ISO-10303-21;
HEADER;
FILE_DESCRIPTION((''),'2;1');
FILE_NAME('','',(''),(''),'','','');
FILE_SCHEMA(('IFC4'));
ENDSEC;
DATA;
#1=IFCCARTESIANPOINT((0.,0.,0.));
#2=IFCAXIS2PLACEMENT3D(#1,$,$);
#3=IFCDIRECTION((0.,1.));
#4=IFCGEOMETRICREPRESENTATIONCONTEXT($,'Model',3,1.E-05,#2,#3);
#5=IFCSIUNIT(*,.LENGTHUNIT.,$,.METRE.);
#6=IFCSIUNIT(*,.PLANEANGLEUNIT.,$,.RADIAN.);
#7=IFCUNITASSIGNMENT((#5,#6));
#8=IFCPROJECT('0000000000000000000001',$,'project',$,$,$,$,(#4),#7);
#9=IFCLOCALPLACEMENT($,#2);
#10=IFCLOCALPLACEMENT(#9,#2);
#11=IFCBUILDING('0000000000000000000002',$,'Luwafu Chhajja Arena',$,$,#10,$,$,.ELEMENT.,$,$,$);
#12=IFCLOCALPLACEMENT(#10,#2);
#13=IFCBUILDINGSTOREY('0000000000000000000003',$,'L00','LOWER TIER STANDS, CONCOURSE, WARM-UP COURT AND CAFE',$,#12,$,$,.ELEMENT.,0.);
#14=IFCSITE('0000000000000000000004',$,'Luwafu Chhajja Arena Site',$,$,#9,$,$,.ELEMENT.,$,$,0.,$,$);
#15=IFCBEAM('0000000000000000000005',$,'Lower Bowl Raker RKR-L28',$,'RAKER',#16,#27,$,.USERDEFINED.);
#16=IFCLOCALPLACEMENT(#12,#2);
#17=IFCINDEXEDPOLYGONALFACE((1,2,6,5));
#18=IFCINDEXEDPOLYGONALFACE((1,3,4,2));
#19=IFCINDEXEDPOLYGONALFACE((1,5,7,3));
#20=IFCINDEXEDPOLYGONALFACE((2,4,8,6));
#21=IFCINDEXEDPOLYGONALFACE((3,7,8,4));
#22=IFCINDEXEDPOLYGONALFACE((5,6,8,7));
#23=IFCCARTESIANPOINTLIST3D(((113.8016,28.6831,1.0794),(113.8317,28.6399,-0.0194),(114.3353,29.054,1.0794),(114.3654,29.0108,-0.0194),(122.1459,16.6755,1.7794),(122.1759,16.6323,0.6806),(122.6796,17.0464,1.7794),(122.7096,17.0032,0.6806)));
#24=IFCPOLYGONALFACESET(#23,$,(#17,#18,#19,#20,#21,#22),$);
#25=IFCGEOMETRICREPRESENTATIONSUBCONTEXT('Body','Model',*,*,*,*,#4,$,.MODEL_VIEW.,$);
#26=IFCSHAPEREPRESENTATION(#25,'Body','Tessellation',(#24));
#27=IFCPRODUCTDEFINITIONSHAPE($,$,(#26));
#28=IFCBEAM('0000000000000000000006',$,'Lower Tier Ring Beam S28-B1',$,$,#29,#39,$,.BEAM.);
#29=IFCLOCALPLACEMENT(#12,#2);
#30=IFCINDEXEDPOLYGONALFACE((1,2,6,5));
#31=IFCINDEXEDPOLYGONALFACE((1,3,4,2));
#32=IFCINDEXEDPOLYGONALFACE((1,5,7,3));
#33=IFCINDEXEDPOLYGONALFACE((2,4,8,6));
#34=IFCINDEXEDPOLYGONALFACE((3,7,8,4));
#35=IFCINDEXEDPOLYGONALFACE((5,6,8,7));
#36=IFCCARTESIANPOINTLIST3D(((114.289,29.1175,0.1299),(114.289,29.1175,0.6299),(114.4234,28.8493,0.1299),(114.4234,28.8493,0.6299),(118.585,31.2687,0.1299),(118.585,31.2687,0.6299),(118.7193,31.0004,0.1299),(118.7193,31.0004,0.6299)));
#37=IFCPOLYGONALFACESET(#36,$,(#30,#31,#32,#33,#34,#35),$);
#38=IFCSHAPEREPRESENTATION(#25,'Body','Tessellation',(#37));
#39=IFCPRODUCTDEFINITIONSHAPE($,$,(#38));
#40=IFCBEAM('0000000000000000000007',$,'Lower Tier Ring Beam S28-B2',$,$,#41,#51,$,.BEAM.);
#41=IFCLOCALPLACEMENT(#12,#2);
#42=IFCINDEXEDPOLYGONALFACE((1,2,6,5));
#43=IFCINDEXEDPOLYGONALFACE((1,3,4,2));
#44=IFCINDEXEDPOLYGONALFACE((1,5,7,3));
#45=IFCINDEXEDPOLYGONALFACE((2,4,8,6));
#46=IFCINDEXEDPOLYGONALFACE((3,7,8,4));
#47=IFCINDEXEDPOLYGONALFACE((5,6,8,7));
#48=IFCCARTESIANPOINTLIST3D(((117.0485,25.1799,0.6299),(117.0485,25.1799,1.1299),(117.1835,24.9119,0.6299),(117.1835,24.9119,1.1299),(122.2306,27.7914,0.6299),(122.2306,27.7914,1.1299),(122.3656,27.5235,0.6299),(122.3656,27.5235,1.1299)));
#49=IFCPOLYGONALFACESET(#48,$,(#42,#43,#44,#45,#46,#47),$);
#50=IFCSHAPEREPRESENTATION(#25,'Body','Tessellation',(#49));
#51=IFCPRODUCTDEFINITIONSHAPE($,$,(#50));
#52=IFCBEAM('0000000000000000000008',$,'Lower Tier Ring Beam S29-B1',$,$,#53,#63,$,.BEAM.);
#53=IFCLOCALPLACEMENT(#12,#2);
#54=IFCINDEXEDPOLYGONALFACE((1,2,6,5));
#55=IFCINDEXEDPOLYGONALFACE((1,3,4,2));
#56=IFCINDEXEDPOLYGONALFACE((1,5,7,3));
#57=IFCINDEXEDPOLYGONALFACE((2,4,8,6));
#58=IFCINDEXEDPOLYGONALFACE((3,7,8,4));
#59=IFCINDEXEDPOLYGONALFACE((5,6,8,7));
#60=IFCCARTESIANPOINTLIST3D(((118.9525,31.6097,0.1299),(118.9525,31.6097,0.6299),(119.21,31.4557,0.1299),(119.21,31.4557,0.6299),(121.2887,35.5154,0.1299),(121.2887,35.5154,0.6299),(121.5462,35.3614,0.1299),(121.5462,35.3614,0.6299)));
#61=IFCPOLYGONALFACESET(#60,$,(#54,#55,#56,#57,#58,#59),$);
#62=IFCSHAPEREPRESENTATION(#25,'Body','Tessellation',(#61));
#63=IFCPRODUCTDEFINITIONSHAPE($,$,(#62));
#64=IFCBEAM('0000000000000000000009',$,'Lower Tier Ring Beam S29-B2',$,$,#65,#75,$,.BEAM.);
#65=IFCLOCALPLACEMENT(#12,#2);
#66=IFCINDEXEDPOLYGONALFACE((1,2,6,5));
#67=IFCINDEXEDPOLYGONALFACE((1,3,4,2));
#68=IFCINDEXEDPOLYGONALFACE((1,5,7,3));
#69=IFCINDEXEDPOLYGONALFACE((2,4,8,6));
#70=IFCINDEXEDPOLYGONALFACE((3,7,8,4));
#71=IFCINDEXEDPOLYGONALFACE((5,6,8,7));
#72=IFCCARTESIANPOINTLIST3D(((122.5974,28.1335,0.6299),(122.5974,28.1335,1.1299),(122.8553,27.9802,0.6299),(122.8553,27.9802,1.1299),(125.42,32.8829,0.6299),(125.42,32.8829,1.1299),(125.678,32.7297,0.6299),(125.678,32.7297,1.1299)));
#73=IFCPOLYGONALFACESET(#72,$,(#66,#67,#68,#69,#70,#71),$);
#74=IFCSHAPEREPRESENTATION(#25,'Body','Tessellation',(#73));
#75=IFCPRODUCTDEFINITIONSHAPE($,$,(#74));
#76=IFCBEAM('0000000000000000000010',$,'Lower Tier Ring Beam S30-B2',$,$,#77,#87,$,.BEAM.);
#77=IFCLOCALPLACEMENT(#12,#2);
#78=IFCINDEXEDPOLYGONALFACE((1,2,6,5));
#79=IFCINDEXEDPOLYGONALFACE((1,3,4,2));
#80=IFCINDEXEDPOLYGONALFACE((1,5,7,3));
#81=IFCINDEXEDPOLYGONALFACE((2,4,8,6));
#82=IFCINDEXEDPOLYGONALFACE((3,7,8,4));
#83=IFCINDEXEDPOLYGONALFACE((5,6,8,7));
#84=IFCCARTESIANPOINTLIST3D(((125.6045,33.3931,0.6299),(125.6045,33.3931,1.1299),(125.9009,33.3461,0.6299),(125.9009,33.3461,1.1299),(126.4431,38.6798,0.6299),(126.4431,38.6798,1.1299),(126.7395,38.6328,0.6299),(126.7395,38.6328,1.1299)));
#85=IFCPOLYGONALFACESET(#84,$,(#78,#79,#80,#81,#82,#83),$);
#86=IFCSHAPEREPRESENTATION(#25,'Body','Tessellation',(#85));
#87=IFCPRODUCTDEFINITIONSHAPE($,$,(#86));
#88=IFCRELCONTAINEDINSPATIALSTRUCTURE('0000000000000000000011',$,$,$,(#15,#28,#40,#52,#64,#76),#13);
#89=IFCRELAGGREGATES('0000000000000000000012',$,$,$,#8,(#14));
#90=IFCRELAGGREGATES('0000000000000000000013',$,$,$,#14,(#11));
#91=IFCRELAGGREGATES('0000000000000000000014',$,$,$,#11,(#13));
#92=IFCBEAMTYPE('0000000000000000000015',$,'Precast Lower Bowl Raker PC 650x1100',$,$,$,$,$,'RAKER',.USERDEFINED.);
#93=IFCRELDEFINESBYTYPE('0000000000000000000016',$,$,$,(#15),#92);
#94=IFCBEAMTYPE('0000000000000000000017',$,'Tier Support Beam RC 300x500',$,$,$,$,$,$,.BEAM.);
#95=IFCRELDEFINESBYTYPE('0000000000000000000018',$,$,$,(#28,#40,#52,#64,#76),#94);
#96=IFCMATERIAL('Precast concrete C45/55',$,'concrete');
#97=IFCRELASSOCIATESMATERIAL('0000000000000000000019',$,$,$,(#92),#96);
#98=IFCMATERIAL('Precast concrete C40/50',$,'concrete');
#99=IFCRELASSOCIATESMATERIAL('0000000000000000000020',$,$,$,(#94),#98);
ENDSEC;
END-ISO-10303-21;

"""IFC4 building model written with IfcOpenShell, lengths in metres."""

from ifc_helpers import new_model, si_unit, direction, frame, origin, origin_2d, place, context, subcontext, project, spatial, rectangle, extrude, material, material_profile, profile_set, type_object, element, save


model = new_model("IFC4")

# Units and contexts
model_context = context("Model", 3, precision=1e-05, world=origin(), true_north=direction((0.0, 1.0)))
body_context = subcontext(model_context, "Body", "Model", "MODEL_VIEW")
ifc_project = project(units=[si_unit("LENGTHUNIT", "METRE"), si_unit("PLANEANGLEUNIT", "RADIAN")], contexts=[model_context])

# Site, building, storey
site_placement = place(None, origin())
site = spatial("IfcSite", under=ifc_project, at=site_placement, Name="Luwafu Chhajja Arena Site", CompositionType="ELEMENT", RefElevation=0.0)
building_placement = place(site_placement, origin())
building = spatial("IfcBuilding", under=site, at=building_placement, Name="Luwafu Chhajja Arena", CompositionType="ELEMENT")
storey_placement = place(building_placement, origin())
storey = spatial("IfcBuildingStorey", under=building, at=storey_placement, Name="L00", Description="LOWER TIER STANDS, CONCOURSE, WARM-UP COURT AND CAFE", CompositionType="ELEMENT", Elevation=0.0)

# Beams
ifc_material_1 = material(Name="Precast concrete C40/50", Category="concrete")
ifc_material_2 = material(Name="Precast concrete C45/55", Category="concrete")
ifc_material_profile_1 = material_profile(ifc_material_2, rectangle(XDim=0.6499, YDim=1.1001, at=origin_2d()), Name="PC 650x1100")
ifc_profile_set_1 = profile_set([ifc_material_profile_1], Name="Precast concrete C45/55")
beam_type_1 = type_object("IfcBeamType", Name="Precast Lower Bowl Raker PC 650x1100", ElementType="RAKER", PredefinedType="USERDEFINED", material=ifc_profile_set_1)
beam_1_placement = place(storey_placement, frame((114.0835, 28.8469, 0.53), z_axis=(0.570004, -0.82025, 0.047814), x_axis=(0.821189, 0.570656, 0.0)))
element("IfcBeam", 1, at=beam_1_placement, inside=storey, type_object=beam_type_1, Name="Lower Bowl Raker RKR-L28", ObjectType="RAKER", PredefinedType="USERDEFINED", context=body_context, shape_type="SweptSolid", body=[
    extrude(rectangle(XDim=0.6499, YDim=1.1001, at=origin_2d()), origin(), (0.0, 0.0, 1.0), 14.6389),
])
ifc_material_profile_2 = material_profile(ifc_material_1, rectangle(XDim=0.3, YDim=0.5, at=origin_2d()), Name="RC 300x500")
ifc_profile_set_2 = profile_set([ifc_material_profile_2], Name="Precast concrete C40/50")
beam_type_2 = type_object("IfcBeamType", Name="Tier Support Beam RC 300x500", PredefinedType="BEAM", material=ifc_profile_set_2)
beam_2_placement = place(storey_placement, frame((114.3562, 28.9834, 0.3799), z_axis=(0.894163, 0.447742, 0.0), x_axis=(-0.447742, 0.894163, 0.0)))
element("IfcBeam", 2, at=beam_2_placement, inside=storey, type_object=beam_type_2, Name="Lower Tier Ring Beam S28-B1", PredefinedType="BEAM", context=body_context, shape_type="SweptSolid", body=[
    extrude(rectangle(XDim=0.3, YDim=0.5, at=origin_2d()), origin(), (0.0, 0.0, 1.0), 4.8044),
])
beam_3_placement = place(storey_placement, frame((117.116, 25.0459, 0.8799), z_axis=(0.893009, 0.450039, 0.0), x_axis=(-0.450039, 0.893009, 0.0)))
element("IfcBeam", 3, at=beam_3_placement, inside=storey, type_object=beam_type_2, Name="Lower Tier Ring Beam S28-B2", PredefinedType="BEAM", context=body_context, shape_type="SweptSolid", body=[
    extrude(rectangle(XDim=0.3, YDim=0.5, at=origin_2d()), origin(), (0.0, 0.0, 1.0), 5.803),
])
beam_4_placement = place(storey_placement, frame((119.0813, 31.5327, 0.3799), z_axis=(0.51332, 0.858197, 0.0), x_axis=(-0.858197, 0.51332, 0.0)))
element("IfcBeam", 4, at=beam_4_placement, inside=storey, type_object=beam_type_2, Name="Lower Tier Ring Beam S29-B1", PredefinedType="BEAM", context=body_context, shape_type="SweptSolid", body=[
    extrude(rectangle(XDim=0.3, YDim=0.5, at=origin_2d()), origin(), (0.0, 0.0, 1.0), 4.551),
])
beam_5_placement = place(storey_placement, frame((122.7263, 28.0569, 0.8799), z_axis=(0.510904, 0.859638, 0.0), x_axis=(-0.859638, 0.510904, 0.0)))
element("IfcBeam", 5, at=beam_5_placement, inside=storey, type_object=beam_type_2, Name="Lower Tier Ring Beam S29-B2", PredefinedType="BEAM", context=body_context, shape_type="SweptSolid", body=[
    extrude(rectangle(XDim=0.3, YDim=0.5, at=origin_2d()), origin(), (0.0, 0.0, 1.0), 5.5249),
])
beam_6_placement = place(storey_placement, frame((125.7527, 33.3696, 0.8799), z_axis=(0.156672, 0.987651, 0.0), x_axis=(-0.987651, 0.156672, 0.0)))
element("IfcBeam", 6, at=beam_6_placement, inside=storey, type_object=beam_type_2, Name="Lower Tier Ring Beam S30-B2", PredefinedType="BEAM", context=body_context, shape_type="SweptSolid", body=[
    extrude(rectangle(XDim=0.3, YDim=0.5, at=origin_2d()), origin(), (0.0, 0.0, 1.0), 5.3528),
])

save(model, "model.ifc")
